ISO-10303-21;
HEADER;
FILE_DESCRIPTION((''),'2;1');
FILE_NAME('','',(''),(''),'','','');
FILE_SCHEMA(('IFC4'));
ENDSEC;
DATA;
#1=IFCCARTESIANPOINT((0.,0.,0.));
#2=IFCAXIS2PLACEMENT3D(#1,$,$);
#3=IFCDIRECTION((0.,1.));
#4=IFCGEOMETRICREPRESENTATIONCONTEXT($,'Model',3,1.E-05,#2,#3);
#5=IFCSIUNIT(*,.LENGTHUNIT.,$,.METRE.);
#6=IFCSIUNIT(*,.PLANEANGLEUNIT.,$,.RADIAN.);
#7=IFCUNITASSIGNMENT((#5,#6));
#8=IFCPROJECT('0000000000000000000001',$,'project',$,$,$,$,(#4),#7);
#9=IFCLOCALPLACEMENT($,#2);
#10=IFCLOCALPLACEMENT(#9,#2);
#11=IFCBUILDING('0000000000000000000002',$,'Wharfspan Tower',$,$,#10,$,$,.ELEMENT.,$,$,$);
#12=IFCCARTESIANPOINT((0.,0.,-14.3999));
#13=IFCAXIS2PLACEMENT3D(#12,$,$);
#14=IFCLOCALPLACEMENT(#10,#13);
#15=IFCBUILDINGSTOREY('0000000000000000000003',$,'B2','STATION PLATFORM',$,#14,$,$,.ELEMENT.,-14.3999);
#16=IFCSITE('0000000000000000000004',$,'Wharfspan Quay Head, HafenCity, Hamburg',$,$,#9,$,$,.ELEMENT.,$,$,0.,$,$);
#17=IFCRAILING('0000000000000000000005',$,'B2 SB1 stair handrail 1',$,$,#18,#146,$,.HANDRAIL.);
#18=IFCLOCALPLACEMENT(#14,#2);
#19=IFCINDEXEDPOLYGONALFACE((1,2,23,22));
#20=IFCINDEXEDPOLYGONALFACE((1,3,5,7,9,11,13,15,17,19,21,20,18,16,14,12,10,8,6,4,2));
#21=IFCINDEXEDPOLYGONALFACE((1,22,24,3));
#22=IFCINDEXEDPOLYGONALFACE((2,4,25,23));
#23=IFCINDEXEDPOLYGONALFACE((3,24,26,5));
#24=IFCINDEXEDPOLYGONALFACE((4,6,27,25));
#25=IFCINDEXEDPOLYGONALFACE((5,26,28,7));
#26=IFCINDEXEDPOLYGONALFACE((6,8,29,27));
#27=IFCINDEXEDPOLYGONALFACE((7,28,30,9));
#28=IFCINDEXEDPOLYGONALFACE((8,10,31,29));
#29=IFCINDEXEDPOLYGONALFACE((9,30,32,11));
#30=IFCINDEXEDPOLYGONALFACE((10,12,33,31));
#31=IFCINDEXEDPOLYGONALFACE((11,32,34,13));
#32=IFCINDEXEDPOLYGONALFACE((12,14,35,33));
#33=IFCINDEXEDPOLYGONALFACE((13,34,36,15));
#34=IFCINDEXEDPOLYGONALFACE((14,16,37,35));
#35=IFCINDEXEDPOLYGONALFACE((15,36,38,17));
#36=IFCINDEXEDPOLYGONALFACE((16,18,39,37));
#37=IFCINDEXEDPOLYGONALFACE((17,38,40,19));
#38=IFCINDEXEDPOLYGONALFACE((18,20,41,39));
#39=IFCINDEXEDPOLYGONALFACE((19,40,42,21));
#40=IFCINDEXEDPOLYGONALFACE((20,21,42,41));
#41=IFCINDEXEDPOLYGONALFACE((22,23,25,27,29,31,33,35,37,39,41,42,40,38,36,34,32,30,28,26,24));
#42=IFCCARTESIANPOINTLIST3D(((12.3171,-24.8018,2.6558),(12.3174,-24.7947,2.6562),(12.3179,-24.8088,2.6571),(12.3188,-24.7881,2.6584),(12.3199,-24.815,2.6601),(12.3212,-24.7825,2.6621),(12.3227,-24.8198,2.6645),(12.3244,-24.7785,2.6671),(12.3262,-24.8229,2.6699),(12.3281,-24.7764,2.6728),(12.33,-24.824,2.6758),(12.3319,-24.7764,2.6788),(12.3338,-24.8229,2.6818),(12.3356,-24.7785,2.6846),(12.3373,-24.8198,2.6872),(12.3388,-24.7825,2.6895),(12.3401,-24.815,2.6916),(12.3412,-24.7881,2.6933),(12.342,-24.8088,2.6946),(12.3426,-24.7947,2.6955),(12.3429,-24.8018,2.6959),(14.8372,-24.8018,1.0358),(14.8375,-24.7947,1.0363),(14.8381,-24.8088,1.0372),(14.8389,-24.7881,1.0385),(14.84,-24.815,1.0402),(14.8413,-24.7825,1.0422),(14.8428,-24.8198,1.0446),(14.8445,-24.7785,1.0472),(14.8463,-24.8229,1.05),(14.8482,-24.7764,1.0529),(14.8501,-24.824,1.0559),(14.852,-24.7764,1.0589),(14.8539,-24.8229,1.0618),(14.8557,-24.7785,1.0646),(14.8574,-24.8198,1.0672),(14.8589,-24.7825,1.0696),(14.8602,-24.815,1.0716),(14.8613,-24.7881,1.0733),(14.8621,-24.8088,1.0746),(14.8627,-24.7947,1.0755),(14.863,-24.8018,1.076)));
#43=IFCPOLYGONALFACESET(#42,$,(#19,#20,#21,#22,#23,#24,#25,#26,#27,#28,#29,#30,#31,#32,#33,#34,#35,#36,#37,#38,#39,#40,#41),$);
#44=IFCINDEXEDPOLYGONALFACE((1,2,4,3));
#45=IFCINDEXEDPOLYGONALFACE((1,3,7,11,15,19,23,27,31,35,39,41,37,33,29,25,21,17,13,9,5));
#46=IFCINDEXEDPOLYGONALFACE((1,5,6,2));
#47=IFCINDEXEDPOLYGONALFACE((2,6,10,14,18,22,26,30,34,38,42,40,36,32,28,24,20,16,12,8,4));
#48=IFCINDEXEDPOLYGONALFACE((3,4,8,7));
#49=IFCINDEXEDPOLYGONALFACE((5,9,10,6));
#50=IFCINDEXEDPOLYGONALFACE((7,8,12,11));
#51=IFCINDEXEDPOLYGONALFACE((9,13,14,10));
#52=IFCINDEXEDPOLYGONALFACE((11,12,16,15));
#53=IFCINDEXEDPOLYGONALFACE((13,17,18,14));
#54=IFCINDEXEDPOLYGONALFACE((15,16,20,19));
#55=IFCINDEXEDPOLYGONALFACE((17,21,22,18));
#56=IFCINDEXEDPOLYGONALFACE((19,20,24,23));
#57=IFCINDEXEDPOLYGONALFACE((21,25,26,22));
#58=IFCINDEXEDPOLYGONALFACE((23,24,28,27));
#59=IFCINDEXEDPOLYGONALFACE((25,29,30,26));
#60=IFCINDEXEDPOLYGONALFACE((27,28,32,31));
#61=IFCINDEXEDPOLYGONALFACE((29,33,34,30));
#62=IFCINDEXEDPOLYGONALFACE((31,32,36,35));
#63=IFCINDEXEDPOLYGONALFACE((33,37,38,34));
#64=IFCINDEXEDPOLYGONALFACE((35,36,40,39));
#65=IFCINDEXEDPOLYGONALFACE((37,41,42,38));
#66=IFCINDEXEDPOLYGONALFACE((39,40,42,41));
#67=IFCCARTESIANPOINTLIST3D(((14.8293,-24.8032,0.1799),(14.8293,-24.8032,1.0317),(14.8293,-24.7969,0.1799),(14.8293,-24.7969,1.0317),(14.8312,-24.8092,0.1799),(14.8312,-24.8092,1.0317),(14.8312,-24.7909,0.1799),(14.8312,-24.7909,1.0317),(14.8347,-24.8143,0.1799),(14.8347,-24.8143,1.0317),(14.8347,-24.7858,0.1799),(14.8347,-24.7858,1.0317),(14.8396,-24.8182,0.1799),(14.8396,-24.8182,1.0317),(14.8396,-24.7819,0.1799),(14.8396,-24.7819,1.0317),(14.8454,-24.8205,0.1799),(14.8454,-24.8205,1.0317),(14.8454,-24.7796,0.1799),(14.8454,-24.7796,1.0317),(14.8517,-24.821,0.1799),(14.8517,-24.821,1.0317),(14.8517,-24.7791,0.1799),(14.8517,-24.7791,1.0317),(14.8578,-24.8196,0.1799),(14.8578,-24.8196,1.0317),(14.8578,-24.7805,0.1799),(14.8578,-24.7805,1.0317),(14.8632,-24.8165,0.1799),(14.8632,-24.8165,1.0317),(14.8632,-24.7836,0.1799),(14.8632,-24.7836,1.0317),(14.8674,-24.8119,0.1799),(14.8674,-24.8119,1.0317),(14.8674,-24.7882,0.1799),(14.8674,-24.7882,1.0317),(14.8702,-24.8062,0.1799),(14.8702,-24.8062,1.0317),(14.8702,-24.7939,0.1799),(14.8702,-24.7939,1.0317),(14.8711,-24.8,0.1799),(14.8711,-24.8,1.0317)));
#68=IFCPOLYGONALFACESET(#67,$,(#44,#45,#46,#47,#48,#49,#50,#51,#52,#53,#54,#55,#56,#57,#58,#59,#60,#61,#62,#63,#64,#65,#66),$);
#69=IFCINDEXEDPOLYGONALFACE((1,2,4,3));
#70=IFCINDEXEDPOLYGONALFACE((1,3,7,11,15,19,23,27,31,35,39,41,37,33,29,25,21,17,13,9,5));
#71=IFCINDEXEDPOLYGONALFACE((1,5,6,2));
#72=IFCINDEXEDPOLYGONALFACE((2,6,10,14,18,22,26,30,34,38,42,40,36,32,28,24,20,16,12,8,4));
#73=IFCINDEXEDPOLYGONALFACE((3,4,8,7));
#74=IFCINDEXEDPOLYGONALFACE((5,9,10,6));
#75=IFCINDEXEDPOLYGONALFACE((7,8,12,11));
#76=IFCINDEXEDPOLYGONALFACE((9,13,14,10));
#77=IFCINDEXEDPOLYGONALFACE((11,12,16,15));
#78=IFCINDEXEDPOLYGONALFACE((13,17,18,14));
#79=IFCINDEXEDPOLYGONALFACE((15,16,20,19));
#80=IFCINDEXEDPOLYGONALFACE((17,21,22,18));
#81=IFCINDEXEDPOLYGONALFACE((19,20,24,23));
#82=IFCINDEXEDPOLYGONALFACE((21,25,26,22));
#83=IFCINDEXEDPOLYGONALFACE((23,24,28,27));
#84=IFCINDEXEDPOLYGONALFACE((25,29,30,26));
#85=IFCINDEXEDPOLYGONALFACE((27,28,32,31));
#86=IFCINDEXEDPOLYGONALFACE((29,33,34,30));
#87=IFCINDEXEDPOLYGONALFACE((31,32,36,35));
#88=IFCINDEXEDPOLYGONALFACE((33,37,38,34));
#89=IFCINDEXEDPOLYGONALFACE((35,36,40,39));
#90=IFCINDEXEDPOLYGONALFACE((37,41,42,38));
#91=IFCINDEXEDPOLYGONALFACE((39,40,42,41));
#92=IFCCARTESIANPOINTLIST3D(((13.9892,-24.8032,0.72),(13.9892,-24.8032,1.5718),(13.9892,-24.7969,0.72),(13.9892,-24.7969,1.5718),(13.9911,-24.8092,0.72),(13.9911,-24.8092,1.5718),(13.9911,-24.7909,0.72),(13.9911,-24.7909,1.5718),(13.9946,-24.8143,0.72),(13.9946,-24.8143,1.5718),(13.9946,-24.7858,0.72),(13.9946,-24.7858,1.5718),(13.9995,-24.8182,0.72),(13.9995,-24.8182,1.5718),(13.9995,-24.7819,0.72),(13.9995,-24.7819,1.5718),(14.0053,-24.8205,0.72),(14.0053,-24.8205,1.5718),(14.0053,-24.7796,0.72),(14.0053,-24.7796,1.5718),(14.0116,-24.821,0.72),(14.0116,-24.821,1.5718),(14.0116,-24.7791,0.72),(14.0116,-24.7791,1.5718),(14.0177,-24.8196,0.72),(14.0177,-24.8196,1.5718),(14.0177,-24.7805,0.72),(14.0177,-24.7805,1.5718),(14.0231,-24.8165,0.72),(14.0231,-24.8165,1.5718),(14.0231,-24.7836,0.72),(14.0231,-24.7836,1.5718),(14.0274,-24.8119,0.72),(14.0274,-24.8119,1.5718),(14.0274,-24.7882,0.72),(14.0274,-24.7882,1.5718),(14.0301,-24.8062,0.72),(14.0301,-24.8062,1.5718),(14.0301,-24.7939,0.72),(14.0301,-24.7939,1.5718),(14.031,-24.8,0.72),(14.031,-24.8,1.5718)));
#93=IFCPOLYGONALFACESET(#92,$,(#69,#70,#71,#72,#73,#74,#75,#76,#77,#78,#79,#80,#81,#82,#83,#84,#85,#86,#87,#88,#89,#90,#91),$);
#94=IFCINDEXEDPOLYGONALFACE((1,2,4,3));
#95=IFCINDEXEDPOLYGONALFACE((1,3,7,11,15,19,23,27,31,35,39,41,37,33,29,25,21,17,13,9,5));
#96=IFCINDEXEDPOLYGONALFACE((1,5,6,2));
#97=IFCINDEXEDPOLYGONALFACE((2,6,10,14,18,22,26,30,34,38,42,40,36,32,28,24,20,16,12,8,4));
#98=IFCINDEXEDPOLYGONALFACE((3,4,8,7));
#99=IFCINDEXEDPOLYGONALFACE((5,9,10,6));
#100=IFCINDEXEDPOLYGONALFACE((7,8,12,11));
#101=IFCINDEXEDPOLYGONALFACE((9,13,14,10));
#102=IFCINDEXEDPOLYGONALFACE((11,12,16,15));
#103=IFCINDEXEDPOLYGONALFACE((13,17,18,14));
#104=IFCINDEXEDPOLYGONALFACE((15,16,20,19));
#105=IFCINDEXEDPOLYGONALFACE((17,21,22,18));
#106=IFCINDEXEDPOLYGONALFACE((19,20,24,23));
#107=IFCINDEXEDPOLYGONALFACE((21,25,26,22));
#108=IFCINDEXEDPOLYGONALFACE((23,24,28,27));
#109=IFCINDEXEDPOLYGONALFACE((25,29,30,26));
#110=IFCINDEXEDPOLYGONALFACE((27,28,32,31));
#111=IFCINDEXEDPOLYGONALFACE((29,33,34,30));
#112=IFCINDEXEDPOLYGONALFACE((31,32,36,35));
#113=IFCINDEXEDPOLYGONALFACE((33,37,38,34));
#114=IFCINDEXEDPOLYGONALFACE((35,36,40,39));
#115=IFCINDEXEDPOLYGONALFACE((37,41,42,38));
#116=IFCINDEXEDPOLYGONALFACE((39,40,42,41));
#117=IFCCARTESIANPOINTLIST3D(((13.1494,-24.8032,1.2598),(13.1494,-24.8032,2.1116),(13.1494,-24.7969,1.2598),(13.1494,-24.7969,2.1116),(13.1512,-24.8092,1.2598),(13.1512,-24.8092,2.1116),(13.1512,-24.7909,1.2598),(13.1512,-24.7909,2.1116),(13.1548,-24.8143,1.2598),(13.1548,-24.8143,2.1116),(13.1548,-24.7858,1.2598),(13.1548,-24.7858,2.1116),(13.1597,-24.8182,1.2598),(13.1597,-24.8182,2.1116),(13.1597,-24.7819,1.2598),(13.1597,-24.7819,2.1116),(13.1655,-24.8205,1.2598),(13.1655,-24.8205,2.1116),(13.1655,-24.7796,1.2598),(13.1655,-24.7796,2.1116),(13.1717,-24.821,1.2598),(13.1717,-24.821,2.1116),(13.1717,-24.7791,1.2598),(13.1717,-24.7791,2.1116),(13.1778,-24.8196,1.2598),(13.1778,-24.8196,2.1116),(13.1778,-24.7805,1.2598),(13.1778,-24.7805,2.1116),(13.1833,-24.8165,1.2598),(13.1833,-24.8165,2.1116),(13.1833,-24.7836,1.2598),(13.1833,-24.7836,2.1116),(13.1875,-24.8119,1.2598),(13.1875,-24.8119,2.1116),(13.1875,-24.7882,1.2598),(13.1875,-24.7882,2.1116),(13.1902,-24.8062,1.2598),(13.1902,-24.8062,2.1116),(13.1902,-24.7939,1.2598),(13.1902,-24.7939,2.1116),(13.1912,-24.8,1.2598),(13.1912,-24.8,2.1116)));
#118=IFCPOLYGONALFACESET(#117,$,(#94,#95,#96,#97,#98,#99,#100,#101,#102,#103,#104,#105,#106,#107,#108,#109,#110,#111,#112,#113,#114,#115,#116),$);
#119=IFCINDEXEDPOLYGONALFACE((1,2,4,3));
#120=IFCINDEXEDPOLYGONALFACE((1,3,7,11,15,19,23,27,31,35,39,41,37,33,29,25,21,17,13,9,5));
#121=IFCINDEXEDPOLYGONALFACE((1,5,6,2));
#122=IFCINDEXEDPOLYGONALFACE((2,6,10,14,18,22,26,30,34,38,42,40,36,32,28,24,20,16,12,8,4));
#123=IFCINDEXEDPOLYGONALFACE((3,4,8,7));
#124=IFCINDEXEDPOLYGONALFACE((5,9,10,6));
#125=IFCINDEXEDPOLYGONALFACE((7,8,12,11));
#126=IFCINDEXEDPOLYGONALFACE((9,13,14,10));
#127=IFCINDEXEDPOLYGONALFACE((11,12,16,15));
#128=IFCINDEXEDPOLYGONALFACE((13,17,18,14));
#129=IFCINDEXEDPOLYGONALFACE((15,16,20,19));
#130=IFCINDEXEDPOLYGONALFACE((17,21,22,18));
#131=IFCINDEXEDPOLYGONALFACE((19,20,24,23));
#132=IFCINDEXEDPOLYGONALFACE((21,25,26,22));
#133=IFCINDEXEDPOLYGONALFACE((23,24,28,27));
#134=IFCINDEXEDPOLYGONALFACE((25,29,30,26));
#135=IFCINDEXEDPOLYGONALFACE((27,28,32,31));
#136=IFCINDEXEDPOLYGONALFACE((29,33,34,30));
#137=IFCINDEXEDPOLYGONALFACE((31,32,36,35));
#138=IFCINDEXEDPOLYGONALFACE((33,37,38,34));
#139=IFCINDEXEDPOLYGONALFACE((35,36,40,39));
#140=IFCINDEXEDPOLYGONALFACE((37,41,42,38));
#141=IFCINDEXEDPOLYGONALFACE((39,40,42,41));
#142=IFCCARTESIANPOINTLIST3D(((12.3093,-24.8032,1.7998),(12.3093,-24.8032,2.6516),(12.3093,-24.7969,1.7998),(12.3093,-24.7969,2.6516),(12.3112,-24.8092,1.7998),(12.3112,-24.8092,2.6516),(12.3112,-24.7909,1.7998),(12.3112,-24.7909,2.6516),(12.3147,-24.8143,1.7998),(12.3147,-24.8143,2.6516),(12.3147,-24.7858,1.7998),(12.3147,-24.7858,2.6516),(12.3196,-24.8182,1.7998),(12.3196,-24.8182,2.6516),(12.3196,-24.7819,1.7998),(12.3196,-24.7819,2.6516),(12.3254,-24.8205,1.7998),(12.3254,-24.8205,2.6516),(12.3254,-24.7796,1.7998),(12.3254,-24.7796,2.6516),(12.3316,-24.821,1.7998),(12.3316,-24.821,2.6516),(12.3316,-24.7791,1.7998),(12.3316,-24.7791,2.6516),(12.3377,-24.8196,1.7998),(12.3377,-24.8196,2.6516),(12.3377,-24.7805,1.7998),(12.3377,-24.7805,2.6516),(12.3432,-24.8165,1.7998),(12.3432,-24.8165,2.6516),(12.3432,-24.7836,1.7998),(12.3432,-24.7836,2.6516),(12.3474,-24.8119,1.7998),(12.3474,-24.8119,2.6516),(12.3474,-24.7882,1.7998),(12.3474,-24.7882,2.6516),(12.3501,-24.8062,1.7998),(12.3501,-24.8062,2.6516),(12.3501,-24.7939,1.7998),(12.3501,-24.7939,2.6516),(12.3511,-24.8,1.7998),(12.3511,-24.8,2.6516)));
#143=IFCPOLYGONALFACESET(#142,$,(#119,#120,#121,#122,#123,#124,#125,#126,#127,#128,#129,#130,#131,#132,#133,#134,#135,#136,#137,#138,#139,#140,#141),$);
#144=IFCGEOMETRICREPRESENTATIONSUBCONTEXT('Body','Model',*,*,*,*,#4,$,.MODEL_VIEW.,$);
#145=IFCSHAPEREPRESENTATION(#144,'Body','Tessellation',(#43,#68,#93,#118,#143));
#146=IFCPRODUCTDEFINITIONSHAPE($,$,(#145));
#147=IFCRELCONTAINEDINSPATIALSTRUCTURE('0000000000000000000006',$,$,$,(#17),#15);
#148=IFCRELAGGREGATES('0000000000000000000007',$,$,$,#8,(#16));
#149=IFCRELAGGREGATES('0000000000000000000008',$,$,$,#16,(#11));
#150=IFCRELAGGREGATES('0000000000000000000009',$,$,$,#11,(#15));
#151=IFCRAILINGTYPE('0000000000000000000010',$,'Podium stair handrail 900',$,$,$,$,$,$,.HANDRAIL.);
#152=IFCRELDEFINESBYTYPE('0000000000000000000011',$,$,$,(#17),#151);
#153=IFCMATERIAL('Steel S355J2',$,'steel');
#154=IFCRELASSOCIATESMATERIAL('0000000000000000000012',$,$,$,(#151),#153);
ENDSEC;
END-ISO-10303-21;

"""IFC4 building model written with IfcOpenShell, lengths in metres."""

from ifc_helpers import new_model, si_unit, direction, frame, origin, origin_2d, place, context, subcontext, project, spatial, circle, extrude, material, type_object, element, save


model = new_model("IFC4")

# Units and contexts
model_context = context("Model", 3, precision=1e-05, world=origin(), true_north=direction((0.0, 1.0)))
body_context = subcontext(model_context, "Body", "Model", "MODEL_VIEW")
ifc_project = project(units=[si_unit("LENGTHUNIT", "METRE"), si_unit("PLANEANGLEUNIT", "RADIAN")], contexts=[model_context])

# Site, building, storey
site_placement = place(None, origin())
site = spatial("IfcSite", under=ifc_project, at=site_placement, Name="Wharfspan Quay Head, HafenCity, Hamburg", CompositionType="ELEMENT", RefElevation=0.0)
building_placement = place(site_placement, origin())
building = spatial("IfcBuilding", under=site, at=building_placement, Name="Wharfspan Tower", CompositionType="ELEMENT")
storey_placement = place(building_placement, frame((0.0, 0.0, -14.3999)))
storey = spatial("IfcBuildingStorey", under=building, at=storey_placement, Name="B2", Description="STATION PLATFORM", CompositionType="ELEMENT", Elevation=-14.3999)

# Railing
ifc_material_1 = material(Name="Steel S355J2", Category="steel")
railing_type_1 = type_object("IfcRailingType", Name="Podium stair handrail 900", PredefinedType="HANDRAIL", material=ifc_material_1)
railing_1_placement = place(storey_placement, frame((14.8501, -24.8, 0.1799)))
element("IfcRailing", 1, at=railing_1_placement, inside=storey, type_object=railing_type_1, Name="B2 SB1 stair handrail 1", PredefinedType="HANDRAIL", context=body_context, shape_type="SweptSolid", body=[
    extrude(circle(Radius=0.0239, at=origin_2d()), frame((0.0, 0.0, 0.876), z_axis=(-0.8412, 0.0, 0.540725), x_axis=(0.0, -1.0, 0.0)), (0.0, 0.0, 1.0), 2.9958),
    extrude(circle(Radius=0.021, at=origin_2d()), origin(), (0.0, 0.0, 1.0), 0.8518),
    extrude(circle(Radius=0.021, at=origin_2d()), frame((-0.8401, 0.0, 0.54)), (0.0, 0.0, 1.0), 0.8518),
    extrude(circle(Radius=0.021, at=origin_2d()), frame((-1.6799, 0.0, 1.0798)), (0.0, 0.0, 1.0), 0.8518),
    extrude(circle(Radius=0.021, at=origin_2d()), frame((-2.52, 0.0, 1.6199)), (0.0, 0.0, 1.0), 0.8518),
])

save(model, "model.ifc")
